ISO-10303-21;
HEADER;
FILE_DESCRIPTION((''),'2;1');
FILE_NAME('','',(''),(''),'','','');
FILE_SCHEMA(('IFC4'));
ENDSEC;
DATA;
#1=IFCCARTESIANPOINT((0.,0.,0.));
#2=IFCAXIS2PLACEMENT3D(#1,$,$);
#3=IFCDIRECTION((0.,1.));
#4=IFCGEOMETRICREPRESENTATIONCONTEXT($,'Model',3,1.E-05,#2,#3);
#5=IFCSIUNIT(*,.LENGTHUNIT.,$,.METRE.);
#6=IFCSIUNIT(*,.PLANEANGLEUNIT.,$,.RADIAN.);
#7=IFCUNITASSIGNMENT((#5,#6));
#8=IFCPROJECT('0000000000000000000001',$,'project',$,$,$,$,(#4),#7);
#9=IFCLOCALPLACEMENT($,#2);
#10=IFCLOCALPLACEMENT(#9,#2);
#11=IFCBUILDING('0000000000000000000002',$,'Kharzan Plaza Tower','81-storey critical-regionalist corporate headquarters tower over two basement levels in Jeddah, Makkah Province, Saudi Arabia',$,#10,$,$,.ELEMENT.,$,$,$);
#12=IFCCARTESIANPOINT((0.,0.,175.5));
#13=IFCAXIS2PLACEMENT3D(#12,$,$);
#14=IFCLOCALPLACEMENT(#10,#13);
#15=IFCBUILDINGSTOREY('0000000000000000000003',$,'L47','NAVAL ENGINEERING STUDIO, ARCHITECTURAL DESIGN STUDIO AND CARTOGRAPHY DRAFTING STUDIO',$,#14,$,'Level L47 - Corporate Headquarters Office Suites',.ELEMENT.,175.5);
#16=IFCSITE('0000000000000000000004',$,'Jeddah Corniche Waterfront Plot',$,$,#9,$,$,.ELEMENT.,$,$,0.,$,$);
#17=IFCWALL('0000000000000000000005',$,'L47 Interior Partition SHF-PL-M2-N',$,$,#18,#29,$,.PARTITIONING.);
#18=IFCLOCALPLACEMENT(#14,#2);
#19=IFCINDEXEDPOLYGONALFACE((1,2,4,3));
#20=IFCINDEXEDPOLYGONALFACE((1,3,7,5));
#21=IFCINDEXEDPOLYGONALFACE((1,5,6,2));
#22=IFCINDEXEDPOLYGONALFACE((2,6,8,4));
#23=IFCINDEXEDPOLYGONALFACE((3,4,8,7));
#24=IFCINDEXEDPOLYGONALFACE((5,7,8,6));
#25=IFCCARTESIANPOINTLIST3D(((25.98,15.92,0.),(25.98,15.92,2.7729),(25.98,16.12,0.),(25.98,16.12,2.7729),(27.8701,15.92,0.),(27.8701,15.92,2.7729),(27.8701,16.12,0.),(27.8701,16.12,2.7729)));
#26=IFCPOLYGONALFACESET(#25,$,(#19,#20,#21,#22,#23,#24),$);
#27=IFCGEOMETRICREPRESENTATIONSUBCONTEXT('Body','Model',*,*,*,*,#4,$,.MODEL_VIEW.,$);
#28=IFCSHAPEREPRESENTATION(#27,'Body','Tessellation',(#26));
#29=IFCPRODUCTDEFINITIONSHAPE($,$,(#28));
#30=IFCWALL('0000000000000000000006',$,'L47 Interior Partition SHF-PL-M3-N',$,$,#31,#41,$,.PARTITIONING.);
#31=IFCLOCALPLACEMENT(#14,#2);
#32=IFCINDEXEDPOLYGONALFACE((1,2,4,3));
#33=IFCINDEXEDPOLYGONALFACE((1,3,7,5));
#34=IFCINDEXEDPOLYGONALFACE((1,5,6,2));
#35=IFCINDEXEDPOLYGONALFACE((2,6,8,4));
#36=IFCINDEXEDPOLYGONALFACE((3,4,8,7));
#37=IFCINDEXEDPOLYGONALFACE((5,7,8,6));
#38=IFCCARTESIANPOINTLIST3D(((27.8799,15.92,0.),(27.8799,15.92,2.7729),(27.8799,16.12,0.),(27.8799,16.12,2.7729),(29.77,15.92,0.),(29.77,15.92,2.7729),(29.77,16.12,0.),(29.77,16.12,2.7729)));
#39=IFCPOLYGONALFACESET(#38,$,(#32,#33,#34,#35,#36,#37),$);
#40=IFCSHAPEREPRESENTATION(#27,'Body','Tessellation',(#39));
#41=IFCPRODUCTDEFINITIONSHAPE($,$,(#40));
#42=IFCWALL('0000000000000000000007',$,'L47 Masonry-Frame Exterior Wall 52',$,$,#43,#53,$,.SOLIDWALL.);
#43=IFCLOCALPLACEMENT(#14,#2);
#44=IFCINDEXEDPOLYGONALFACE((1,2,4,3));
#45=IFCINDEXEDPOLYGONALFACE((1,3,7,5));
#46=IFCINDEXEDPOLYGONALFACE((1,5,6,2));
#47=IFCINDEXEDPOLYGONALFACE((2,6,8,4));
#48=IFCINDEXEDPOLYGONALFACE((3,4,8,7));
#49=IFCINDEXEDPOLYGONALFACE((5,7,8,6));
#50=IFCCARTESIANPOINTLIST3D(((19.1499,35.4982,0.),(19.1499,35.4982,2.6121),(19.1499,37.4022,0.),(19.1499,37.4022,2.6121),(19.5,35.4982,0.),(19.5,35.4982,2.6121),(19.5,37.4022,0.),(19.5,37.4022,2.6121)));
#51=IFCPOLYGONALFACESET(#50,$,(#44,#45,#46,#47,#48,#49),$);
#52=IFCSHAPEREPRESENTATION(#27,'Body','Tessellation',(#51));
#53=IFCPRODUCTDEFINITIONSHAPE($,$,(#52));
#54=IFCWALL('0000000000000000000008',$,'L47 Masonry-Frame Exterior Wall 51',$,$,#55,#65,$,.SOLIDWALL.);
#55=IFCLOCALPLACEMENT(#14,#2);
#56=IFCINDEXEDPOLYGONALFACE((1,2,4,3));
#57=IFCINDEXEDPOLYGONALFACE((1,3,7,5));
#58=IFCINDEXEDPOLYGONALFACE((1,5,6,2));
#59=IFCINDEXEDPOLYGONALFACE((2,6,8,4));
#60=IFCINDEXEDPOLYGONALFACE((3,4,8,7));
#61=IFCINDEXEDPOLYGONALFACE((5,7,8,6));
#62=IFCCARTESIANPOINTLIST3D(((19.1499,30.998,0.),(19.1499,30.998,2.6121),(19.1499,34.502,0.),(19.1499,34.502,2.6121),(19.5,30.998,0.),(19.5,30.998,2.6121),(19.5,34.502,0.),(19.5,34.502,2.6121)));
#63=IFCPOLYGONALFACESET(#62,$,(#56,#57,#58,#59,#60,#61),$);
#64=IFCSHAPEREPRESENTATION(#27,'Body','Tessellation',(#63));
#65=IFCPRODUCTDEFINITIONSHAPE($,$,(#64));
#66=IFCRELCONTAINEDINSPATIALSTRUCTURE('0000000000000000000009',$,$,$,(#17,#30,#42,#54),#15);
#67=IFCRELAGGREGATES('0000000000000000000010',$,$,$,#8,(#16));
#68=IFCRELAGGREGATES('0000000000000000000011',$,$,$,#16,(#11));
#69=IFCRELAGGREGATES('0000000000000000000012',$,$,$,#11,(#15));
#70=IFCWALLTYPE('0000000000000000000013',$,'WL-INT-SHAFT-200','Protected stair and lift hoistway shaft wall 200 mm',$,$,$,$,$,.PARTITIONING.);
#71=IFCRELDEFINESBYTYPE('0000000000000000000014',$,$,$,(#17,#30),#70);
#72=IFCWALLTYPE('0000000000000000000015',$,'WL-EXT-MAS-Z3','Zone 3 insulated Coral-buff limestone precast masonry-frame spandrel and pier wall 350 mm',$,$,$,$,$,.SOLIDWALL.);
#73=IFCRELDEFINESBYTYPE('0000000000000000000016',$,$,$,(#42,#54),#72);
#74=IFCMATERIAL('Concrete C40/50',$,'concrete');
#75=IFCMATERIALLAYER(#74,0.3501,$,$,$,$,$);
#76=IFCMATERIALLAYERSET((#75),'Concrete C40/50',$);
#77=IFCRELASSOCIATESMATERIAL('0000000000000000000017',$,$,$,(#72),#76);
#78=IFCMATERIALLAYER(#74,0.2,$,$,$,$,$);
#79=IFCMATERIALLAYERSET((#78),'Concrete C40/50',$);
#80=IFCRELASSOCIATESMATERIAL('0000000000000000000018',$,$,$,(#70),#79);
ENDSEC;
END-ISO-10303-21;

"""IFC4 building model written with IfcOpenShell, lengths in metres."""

from ifc_helpers import new_model, si_unit, direction, frame, frame_2d, origin, place, context, subcontext, project, spatial, rectangle, extrude, source, transform, mapped, material, layer, layer_set, type_object, element, save


model = new_model("IFC4")

# Units and contexts
model_context = context("Model", 3, precision=1e-05, world=origin(), true_north=direction((0.0, 1.0)))
body_context = subcontext(model_context, "Body", "Model", "MODEL_VIEW")
ifc_project = project(units=[si_unit("LENGTHUNIT", "METRE"), si_unit("PLANEANGLEUNIT", "RADIAN")], contexts=[model_context])

# Site, building, storey
site_placement = place(None, origin())
site = spatial("IfcSite", under=ifc_project, at=site_placement, Name="Jeddah Corniche Waterfront Plot", CompositionType="ELEMENT", RefElevation=0.0)
building_placement = place(site_placement, origin())
building = spatial("IfcBuilding", under=site, at=building_placement, Name="Kharzan Plaza Tower", Description="81-storey critical-regionalist corporate headquarters tower over two basement levels in Jeddah, Makkah Province, Saudi Arabia", CompositionType="ELEMENT")
storey_placement = place(building_placement, frame((0.0, 0.0, 175.5)))
storey = spatial("IfcBuildingStorey", under=building, at=storey_placement, Name="L47", Description="NAVAL ENGINEERING STUDIO, ARCHITECTURAL DESIGN STUDIO AND CARTOGRAPHY DRAFTING STUDIO", LongName="Level L47 - Corporate Headquarters Office Suites", CompositionType="ELEMENT", Elevation=175.5)

# Shared definitions
ifc_material_1 = material(Name="Concrete C40/50", Category="concrete")
ifc_layer_1 = layer(ifc_material_1, 0.3501)
ifc_layer_set_1 = layer_set([ifc_layer_1], Name="Concrete C40/50")
wall_type_1 = type_object("IfcWallType", Name="WL-EXT-MAS-Z3", Description="Zone 3 insulated Coral-buff limestone precast masonry-frame spandrel and pier wall 350 mm", PredefinedType="SOLIDWALL", material=ifc_layer_set_1)

# Walls
ifc_layer_2 = layer(ifc_material_1, 0.2)
ifc_layer_set_2 = layer_set([ifc_layer_2], Name="Concrete C40/50")
wall_type_2 = type_object("IfcWallType", Name="WL-INT-SHAFT-200", Description="Protected stair and lift hoistway shaft wall 200 mm", PredefinedType="PARTITIONING", material=ifc_layer_set_2)
shared_shape_1 = source(origin(), body_context, "Body", "SweptSolid", [
    extrude(rectangle(XDim=1.8901, YDim=0.2, at=frame_2d((0.9451, 0.0))), origin(), (0.0, 0.0, 1.0), 2.7729),
])
for number, where, z_axis, x_axis, name in (
    (1, (25.98, 16.02, 0.0), (0.0, 0.0, 1.0), (1.0, 0.0, 0.0), "L47 Interior Partition SHF-PL-M2-N"),
    (2, (27.8799, 16.02, 0.0), (0.0, 0.0, 1.0), (1.0, 0.0, 0.0), "L47 Interior Partition SHF-PL-M3-N"),
):
    element("IfcWall", number, at=place(storey_placement, frame(where, z_axis=z_axis, x_axis=x_axis)), inside=storey, type_object=wall_type_2, Name=name, PredefinedType="PARTITIONING", context=body_context, shape_type="MappedRepresentation", body=[
        mapped(shared_shape_1, transform((0.0, 0.0, 0.0), x_axis=(1.0, 0.0, 0.0), y_axis=(0.0, 1.0, 0.0), z_axis=(0.0, 0.0, 1.0))),
    ])
shared_shape_2 = source(origin(), body_context, "Body", "SweptSolid", [
    extrude(rectangle(XDim=1.9041, YDim=0.3501, at=frame_2d((0.9521, 0.0))), origin(), (0.0, 0.0, 1.0), 2.6121),
])
wall_1_placement = place(storey_placement, frame((19.325, 35.498, 0.0), z_axis=(0.0, 0.0, 1.0), x_axis=(0.0, 1.0, 0.0)))
element("IfcWall", 3, at=wall_1_placement, inside=storey, type_object=wall_type_1, Name="L47 Masonry-Frame Exterior Wall 52", PredefinedType="SOLIDWALL", context=body_context, shape_type="MappedRepresentation", body=[
    mapped(shared_shape_2, transform((0.0, 0.0, 0.0), x_axis=(1.0, 0.0, 0.0), y_axis=(0.0, 1.0, 0.0), z_axis=(0.0, 0.0, 1.0))),
])
shared_shape_3 = source(origin(), body_context, "Body", "SweptSolid", [
    extrude(rectangle(XDim=3.5039, YDim=0.3501, at=frame_2d((1.752, 0.0))), origin(), (0.0, 0.0, 1.0), 2.6121),
])
wall_2_placement = place(storey_placement, frame((19.325, 30.998, 0.0), z_axis=(0.0, 0.0, 1.0), x_axis=(0.0, 1.0, 0.0)))
element("IfcWall", 4, at=wall_2_placement, inside=storey, type_object=wall_type_1, Name="L47 Masonry-Frame Exterior Wall 51", PredefinedType="SOLIDWALL", context=body_context, shape_type="MappedRepresentation", body=[
    mapped(shared_shape_3, transform((0.0, 0.0, 0.0), x_axis=(1.0, 0.0, 0.0), y_axis=(0.0, 1.0, 0.0), z_axis=(0.0, 0.0, 1.0))),
])

save(model, "model.ifc")
